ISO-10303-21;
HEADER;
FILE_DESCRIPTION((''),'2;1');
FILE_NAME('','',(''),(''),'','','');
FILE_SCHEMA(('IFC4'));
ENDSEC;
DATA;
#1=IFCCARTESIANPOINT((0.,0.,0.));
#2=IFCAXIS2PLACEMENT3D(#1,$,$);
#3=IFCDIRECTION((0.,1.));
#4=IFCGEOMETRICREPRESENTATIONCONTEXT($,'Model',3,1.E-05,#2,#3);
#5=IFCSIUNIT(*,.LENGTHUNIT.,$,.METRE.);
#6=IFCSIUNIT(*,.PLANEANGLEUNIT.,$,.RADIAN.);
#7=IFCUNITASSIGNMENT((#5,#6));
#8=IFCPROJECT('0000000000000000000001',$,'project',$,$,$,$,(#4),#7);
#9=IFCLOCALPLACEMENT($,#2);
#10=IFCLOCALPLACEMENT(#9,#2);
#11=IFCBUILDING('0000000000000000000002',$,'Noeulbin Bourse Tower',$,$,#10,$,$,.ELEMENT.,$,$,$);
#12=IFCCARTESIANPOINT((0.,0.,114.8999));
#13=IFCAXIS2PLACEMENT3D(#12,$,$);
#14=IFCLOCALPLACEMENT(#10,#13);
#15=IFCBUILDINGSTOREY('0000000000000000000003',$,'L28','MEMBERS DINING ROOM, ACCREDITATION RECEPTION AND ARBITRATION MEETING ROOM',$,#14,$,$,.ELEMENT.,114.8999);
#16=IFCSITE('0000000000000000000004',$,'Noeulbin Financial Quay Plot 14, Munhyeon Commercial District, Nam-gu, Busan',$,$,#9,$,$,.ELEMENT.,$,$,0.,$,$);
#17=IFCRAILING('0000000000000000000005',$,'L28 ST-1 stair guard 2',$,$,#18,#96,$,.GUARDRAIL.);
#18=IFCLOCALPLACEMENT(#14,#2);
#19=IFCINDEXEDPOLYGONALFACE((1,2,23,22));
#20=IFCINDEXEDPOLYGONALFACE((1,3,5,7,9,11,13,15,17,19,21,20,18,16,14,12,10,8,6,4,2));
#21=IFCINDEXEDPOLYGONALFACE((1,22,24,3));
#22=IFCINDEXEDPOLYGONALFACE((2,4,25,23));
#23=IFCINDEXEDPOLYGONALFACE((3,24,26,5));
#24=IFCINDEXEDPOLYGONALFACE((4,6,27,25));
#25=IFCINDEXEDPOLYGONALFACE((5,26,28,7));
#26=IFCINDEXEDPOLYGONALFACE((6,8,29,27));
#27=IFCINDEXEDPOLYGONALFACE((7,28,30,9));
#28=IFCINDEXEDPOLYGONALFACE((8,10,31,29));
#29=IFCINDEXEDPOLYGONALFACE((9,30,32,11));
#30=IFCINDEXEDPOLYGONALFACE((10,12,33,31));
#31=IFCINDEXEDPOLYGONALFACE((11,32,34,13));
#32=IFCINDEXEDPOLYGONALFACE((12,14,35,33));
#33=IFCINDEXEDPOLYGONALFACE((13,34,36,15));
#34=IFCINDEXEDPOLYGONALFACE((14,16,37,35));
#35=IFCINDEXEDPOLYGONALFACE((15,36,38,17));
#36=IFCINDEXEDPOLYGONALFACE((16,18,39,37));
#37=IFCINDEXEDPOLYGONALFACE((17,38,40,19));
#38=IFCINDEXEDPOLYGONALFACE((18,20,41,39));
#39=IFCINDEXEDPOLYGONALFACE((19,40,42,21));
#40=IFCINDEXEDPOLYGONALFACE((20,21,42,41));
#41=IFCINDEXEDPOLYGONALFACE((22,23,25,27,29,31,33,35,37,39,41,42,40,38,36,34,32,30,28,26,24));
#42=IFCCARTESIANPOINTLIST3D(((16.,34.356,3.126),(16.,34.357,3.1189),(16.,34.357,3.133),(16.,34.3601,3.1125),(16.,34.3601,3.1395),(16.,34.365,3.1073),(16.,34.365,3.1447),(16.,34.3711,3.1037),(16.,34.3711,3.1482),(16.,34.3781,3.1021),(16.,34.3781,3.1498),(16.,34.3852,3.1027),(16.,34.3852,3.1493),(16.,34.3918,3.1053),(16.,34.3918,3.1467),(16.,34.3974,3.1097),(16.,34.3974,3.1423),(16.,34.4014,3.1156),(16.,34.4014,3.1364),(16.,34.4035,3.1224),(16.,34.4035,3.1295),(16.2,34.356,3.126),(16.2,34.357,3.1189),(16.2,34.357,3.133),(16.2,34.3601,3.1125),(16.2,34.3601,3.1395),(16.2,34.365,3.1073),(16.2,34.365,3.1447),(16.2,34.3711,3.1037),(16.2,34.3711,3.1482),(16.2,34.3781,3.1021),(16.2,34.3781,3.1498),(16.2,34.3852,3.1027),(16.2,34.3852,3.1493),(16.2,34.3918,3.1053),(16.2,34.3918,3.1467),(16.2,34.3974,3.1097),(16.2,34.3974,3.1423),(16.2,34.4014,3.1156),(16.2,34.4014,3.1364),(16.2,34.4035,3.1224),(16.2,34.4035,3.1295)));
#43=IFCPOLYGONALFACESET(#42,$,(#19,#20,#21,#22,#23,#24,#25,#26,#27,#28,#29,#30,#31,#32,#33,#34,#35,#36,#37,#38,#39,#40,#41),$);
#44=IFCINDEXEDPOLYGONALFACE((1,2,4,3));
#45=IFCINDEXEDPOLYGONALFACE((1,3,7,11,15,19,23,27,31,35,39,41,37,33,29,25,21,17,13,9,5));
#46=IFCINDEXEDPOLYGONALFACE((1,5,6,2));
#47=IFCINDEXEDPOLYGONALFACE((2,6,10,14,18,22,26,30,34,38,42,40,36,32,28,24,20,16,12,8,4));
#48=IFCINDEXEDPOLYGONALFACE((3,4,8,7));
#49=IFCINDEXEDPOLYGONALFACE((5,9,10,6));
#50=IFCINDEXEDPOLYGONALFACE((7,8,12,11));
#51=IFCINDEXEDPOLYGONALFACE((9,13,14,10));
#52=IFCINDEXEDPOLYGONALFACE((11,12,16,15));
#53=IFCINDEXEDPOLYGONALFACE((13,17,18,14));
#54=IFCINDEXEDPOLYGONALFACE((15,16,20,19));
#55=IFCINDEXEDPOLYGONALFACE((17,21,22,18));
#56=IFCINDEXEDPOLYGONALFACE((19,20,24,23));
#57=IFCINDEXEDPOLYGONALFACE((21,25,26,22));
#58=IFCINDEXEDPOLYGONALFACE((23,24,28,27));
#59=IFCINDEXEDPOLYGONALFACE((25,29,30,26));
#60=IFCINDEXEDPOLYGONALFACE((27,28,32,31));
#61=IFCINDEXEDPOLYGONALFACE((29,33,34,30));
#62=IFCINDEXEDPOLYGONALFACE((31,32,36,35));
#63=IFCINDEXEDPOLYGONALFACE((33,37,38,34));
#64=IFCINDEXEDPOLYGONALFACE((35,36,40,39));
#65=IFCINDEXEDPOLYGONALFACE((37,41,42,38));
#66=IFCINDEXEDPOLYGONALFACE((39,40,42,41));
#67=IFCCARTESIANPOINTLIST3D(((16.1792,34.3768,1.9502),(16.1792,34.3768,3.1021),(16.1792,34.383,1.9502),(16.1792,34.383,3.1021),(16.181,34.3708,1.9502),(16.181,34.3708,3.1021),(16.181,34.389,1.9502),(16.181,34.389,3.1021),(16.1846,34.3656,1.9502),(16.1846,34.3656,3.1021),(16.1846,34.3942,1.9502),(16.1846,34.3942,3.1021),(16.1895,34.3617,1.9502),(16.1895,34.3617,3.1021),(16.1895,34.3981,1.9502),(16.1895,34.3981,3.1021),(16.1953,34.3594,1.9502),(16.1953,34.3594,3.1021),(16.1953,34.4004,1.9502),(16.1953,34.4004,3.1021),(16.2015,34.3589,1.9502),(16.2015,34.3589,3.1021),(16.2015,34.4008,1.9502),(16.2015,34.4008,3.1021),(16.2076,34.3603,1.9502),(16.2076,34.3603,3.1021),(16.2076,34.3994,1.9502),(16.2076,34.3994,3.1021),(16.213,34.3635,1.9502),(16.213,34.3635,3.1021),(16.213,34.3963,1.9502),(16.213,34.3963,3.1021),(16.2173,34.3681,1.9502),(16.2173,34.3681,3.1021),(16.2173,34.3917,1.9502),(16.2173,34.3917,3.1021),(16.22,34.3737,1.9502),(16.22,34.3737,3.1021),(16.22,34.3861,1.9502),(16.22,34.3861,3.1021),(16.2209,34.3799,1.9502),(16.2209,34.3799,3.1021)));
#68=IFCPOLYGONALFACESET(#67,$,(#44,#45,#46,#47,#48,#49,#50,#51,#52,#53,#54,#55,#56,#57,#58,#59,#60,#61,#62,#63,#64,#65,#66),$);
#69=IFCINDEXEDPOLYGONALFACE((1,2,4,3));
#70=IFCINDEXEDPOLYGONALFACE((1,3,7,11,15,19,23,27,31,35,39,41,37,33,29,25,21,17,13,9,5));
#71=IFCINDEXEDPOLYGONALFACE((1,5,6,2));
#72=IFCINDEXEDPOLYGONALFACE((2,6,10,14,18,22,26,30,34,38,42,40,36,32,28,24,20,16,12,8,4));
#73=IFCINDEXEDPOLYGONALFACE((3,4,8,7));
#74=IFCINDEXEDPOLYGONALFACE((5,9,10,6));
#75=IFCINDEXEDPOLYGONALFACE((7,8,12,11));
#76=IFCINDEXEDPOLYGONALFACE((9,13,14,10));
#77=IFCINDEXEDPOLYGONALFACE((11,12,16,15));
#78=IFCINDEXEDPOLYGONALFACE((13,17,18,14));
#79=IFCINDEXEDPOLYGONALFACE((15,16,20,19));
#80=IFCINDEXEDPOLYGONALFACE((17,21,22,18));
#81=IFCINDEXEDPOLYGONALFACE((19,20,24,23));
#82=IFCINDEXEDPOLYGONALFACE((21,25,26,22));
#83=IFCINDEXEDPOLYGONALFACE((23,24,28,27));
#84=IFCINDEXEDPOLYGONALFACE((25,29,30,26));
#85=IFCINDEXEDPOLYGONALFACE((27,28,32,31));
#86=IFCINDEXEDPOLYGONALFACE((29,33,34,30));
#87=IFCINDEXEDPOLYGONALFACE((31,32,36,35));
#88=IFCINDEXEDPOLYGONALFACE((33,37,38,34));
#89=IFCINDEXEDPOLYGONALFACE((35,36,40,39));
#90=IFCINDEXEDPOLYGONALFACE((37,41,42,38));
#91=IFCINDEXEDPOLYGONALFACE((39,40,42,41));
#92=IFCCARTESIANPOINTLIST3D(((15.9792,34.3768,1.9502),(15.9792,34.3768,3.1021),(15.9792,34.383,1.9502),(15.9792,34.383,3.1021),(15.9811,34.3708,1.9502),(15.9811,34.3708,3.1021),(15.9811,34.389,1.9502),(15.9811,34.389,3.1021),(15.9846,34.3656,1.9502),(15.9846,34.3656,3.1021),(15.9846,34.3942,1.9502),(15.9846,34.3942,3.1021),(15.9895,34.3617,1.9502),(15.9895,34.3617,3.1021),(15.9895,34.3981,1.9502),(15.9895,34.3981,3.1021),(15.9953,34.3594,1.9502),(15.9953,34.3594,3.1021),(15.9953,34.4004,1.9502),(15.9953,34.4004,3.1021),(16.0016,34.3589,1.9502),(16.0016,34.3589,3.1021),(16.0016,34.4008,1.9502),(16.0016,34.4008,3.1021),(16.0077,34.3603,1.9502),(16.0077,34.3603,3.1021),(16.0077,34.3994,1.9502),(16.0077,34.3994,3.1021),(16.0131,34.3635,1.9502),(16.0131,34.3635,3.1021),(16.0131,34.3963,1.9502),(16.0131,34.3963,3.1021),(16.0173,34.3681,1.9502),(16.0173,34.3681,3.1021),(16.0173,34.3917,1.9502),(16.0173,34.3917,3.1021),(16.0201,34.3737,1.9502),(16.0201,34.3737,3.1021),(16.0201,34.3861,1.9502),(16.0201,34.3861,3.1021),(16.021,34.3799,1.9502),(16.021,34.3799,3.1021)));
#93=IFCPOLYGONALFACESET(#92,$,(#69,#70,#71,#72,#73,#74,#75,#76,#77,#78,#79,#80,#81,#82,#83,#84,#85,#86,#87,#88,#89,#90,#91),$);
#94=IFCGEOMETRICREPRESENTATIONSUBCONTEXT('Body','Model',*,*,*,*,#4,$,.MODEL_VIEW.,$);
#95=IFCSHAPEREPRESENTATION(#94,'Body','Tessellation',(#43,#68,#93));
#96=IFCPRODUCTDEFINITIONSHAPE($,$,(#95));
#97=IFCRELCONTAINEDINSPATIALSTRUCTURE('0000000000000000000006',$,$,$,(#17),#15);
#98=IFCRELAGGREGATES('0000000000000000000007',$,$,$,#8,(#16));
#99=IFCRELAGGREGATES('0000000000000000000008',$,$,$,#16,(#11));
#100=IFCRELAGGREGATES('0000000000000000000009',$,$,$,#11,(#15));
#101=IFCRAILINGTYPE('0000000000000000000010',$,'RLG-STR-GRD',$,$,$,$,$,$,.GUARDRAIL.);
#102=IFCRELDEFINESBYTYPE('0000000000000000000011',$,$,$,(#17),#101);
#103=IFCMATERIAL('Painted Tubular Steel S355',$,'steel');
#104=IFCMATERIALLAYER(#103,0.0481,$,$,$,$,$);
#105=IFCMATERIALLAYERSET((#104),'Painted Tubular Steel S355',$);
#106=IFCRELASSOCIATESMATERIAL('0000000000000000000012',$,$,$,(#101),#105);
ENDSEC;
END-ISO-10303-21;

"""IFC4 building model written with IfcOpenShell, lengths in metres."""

from ifc_helpers import new_model, si_unit, direction, frame, origin, origin_2d, place, context, subcontext, project, spatial, circle, extrude, material, layer, layer_set, type_object, element, save


model = new_model("IFC4")

# Units and contexts
model_context = context("Model", 3, precision=1e-05, world=origin(), true_north=direction((0.0, 1.0)))
body_context = subcontext(model_context, "Body", "Model", "MODEL_VIEW")
ifc_project = project(units=[si_unit("LENGTHUNIT", "METRE"), si_unit("PLANEANGLEUNIT", "RADIAN")], contexts=[model_context])

# Site, building, storey
site_placement = place(None, origin())
site = spatial("IfcSite", under=ifc_project, at=site_placement, Name="Noeulbin Financial Quay Plot 14, Munhyeon Commercial District, Nam-gu, Busan", CompositionType="ELEMENT", RefElevation=0.0)
building_placement = place(site_placement, origin())
building = spatial("IfcBuilding", under=site, at=building_placement, Name="Noeulbin Bourse Tower", CompositionType="ELEMENT")
storey_placement = place(building_placement, frame((0.0, 0.0, 114.8999)))
storey = spatial("IfcBuildingStorey", under=building, at=storey_placement, Name="L28", Description="MEMBERS DINING ROOM, ACCREDITATION RECEPTION AND ARBITRATION MEETING ROOM", CompositionType="ELEMENT", Elevation=114.8999)

# Railing
ifc_material_1 = material(Name="Painted Tubular Steel S355", Category="steel")
ifc_layer_1 = layer(ifc_material_1, 0.0481)
ifc_layer_set_1 = layer_set([ifc_layer_1], Name="Painted Tubular Steel S355")
railing_type_1 = type_object("IfcRailingType", Name="RLG-STR-GRD", PredefinedType="GUARDRAIL", material=ifc_layer_set_1)
railing_1_placement = place(storey_placement, frame((16.2, 34.3799, 1.9502)))
element("IfcRailing", 1, at=railing_1_placement, inside=storey, type_object=railing_type_1, Name="L28 ST-1 stair guard 2", PredefinedType="GUARDRAIL", context=body_context, shape_type="SweptSolid", body=[
    extrude(circle(Radius=0.0239, at=origin_2d()), frame((0.0, 0.0, 1.1758), z_axis=(-1.0, 0.0, 0.0), x_axis=(0.0, -1.0, 0.0)), (0.0, 0.0, 1.0), 0.2),
    extrude(circle(Radius=0.021, at=origin_2d()), origin(), (0.0, 0.0, 1.0), 1.1519),
    extrude(circle(Radius=0.021, at=origin_2d()), frame((-0.2, 0.0, 0.0)), (0.0, 0.0, 1.0), 1.1519),
])

save(model, "model.ifc")
